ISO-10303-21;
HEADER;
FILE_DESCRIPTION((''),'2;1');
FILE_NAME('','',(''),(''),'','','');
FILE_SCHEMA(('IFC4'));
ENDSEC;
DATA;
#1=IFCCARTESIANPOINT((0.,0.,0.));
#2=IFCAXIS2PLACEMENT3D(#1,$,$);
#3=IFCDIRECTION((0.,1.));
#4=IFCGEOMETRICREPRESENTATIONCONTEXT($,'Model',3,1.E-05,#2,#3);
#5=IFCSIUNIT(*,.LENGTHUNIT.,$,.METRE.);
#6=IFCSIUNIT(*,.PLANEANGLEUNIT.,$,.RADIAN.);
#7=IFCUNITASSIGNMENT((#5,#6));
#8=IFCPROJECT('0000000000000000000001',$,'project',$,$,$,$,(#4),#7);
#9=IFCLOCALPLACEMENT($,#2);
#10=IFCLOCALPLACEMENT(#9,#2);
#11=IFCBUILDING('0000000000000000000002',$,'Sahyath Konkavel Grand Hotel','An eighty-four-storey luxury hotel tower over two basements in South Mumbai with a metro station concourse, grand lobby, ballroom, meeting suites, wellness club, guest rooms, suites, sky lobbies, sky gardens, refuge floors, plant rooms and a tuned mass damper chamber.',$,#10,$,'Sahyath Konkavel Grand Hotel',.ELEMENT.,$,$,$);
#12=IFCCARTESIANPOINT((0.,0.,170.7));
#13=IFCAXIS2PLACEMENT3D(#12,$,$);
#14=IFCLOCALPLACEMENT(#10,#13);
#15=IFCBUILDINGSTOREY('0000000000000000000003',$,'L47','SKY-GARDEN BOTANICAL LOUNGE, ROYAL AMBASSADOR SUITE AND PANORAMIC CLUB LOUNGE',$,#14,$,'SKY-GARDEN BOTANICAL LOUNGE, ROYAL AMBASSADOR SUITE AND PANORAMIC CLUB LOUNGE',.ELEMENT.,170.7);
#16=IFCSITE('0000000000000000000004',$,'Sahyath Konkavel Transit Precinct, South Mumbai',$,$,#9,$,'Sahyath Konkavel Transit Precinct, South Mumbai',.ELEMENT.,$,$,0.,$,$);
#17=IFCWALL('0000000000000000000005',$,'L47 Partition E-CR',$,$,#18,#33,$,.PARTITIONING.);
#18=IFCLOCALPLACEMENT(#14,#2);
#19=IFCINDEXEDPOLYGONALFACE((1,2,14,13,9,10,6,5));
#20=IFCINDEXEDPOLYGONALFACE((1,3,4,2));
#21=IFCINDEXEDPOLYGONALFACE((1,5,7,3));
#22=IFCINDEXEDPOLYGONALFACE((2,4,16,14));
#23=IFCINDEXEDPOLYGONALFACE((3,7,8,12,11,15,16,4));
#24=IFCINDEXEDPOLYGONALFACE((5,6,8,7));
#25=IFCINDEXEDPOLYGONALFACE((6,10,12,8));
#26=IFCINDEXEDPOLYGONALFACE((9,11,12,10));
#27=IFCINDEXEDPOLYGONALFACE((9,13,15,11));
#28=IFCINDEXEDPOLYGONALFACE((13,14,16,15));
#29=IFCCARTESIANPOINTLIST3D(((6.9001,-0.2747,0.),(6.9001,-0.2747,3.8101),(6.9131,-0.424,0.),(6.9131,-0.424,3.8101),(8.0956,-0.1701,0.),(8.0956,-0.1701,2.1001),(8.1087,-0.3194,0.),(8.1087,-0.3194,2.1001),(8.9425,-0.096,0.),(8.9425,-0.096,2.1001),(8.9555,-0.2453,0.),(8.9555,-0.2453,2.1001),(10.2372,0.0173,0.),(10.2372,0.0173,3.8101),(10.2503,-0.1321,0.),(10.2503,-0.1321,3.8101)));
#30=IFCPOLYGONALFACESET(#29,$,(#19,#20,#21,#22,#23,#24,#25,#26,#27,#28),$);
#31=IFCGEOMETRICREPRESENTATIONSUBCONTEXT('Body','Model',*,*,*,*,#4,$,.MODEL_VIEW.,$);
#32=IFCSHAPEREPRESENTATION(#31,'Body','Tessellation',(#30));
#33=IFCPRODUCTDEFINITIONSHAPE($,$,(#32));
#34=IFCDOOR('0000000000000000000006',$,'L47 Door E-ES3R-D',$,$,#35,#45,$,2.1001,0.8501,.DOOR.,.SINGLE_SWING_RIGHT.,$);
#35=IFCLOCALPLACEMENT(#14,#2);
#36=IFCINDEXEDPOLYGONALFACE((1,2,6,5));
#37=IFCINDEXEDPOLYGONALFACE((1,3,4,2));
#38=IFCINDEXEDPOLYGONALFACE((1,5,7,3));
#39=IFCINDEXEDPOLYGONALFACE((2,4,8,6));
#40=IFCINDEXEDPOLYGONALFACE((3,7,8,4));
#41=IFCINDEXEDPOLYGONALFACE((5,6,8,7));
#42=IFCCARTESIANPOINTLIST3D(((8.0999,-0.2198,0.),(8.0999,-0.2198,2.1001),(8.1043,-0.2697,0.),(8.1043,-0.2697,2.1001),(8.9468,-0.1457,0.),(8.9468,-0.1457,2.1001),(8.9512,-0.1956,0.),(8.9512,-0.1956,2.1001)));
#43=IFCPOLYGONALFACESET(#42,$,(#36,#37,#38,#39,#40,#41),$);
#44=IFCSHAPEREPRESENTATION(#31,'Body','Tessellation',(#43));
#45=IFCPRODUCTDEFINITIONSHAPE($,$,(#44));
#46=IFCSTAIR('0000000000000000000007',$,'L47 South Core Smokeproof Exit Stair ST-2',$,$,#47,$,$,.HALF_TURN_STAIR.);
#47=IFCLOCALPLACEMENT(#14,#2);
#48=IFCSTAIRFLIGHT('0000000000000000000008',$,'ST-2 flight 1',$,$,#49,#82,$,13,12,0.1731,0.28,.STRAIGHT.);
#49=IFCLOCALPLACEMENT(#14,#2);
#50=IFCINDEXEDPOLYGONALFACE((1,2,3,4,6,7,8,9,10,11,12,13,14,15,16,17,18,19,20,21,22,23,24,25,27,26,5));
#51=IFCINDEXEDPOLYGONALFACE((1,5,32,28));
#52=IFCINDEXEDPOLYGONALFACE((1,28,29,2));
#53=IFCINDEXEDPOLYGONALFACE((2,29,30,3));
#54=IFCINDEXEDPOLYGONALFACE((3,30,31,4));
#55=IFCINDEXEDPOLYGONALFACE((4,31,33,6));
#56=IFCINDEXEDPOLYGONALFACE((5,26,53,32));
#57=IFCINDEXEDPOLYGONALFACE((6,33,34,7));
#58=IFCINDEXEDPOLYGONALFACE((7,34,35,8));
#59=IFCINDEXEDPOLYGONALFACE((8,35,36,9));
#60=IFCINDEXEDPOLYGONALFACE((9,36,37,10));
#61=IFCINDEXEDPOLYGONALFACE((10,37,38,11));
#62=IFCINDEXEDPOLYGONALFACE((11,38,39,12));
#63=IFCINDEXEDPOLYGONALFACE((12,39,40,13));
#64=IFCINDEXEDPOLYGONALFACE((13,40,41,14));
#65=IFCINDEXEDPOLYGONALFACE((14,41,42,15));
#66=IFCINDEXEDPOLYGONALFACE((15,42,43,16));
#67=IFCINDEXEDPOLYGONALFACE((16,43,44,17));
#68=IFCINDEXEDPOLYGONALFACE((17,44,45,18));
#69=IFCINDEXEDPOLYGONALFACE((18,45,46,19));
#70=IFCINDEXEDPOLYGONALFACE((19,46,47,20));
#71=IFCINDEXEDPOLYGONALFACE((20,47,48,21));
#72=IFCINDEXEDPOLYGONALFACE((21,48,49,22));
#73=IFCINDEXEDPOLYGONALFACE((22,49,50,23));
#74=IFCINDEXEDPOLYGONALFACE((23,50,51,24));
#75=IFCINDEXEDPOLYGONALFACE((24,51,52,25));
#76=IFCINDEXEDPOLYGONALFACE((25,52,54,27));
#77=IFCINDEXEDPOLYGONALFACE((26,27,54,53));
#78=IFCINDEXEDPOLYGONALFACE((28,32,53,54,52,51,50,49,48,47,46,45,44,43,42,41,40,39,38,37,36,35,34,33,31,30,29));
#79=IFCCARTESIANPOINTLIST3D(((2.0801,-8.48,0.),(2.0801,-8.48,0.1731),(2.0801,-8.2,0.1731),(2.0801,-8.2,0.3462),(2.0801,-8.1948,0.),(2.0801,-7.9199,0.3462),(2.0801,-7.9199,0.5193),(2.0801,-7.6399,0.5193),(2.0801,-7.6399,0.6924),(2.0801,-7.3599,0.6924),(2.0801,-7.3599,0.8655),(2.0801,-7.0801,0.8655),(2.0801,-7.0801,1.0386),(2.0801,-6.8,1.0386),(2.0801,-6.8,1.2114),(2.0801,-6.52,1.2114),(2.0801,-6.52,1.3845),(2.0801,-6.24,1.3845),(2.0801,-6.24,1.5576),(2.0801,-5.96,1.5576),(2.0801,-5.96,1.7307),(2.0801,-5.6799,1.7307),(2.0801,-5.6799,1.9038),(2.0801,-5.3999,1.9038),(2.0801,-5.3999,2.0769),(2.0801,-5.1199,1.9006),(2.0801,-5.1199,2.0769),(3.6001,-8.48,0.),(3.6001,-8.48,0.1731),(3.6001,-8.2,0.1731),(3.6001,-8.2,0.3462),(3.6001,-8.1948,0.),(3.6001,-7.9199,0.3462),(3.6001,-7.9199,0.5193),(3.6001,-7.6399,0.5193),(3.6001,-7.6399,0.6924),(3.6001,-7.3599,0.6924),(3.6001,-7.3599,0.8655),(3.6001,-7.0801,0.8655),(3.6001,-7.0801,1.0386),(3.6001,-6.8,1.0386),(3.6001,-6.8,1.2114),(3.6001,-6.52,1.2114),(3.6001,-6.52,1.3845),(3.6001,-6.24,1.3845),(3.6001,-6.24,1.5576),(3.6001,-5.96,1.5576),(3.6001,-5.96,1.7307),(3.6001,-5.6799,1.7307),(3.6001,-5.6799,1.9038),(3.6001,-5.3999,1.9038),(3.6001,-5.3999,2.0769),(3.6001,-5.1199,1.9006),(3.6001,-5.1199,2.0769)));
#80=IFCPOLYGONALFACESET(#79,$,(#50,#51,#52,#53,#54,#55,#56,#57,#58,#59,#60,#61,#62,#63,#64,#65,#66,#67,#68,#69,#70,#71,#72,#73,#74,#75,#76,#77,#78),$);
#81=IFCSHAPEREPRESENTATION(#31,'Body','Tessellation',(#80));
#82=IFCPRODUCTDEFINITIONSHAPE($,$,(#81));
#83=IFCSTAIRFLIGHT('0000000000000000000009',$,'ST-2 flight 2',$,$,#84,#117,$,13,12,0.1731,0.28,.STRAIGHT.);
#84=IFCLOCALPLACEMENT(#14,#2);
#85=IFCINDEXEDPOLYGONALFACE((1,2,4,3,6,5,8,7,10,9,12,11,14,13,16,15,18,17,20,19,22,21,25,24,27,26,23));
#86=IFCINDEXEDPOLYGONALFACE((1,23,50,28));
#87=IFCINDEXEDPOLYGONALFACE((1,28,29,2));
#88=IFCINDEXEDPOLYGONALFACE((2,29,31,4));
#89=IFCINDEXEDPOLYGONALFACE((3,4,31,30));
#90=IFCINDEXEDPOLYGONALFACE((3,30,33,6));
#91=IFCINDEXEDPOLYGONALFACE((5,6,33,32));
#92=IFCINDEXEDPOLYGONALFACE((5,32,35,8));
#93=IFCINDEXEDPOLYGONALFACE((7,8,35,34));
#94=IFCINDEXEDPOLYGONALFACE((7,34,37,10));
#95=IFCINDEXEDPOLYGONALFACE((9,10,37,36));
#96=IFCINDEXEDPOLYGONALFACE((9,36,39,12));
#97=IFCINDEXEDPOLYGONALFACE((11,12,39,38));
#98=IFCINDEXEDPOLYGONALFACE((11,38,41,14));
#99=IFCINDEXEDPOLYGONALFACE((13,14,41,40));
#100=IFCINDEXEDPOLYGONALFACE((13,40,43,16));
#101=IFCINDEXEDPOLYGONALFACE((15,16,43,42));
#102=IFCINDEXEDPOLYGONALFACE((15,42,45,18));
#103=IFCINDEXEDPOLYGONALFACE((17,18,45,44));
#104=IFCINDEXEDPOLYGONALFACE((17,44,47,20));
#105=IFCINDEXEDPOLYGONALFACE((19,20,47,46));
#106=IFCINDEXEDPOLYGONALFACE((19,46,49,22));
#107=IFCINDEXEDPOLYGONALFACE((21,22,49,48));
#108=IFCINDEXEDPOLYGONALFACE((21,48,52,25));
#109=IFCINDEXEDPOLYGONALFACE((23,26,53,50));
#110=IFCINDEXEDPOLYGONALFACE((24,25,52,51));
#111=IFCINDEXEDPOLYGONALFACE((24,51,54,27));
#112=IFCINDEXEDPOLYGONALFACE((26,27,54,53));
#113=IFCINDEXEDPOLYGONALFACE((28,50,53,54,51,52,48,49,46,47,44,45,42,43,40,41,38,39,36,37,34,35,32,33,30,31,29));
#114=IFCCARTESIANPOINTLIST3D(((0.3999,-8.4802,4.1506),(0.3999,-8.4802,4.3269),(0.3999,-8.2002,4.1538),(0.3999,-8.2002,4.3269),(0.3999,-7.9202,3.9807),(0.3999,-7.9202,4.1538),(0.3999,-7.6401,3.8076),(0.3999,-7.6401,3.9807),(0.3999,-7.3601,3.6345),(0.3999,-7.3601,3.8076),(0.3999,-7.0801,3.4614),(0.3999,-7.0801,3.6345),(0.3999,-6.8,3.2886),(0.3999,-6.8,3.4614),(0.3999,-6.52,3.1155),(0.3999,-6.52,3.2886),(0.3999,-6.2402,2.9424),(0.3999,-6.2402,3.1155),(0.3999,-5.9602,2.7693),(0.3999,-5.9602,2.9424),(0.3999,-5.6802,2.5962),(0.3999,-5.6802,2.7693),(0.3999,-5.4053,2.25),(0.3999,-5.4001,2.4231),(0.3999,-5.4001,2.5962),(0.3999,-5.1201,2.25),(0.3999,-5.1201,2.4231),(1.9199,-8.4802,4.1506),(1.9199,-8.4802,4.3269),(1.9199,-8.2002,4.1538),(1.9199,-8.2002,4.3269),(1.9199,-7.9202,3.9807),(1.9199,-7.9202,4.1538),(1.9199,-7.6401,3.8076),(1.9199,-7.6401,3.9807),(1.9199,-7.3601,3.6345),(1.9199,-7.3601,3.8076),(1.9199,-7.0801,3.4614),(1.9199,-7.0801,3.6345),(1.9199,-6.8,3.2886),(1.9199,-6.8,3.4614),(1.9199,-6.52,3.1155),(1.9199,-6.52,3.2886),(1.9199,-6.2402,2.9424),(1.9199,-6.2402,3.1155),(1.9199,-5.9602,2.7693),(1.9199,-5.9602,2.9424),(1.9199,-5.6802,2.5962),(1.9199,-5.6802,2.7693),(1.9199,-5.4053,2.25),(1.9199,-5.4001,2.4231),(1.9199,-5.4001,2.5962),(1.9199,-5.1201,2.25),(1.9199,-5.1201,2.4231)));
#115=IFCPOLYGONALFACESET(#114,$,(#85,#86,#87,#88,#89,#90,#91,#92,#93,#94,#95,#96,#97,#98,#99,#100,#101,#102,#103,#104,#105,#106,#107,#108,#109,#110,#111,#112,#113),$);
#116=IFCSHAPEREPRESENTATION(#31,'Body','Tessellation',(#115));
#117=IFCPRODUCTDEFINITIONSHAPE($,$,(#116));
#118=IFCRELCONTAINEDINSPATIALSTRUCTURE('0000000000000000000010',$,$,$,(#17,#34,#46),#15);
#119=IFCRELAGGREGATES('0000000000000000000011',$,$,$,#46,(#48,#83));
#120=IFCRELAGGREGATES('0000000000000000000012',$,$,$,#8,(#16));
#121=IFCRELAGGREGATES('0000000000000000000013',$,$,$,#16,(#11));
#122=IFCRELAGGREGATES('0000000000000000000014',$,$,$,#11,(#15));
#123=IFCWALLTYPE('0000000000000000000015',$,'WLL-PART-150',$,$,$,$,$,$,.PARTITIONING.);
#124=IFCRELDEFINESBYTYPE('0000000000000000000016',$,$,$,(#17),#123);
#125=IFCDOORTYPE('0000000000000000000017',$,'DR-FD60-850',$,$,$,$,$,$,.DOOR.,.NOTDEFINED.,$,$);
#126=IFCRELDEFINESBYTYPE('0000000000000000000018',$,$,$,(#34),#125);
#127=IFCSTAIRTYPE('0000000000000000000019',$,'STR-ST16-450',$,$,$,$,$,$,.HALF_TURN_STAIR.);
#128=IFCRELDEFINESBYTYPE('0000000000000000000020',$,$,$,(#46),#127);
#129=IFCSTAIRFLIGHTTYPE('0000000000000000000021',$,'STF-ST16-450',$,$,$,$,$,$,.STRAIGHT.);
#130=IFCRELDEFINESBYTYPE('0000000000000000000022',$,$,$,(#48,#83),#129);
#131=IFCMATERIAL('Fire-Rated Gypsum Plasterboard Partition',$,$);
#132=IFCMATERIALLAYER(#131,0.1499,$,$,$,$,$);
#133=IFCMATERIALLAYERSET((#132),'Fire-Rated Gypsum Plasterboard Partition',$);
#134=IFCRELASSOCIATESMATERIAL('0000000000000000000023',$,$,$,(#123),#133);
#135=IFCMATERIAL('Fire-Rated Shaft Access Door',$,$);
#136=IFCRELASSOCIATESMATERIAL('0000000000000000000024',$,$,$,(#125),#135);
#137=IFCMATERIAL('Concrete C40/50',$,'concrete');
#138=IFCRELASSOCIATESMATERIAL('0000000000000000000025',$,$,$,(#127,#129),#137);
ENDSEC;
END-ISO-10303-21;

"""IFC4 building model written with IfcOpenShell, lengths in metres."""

from ifc_helpers import new_model, si_unit, direction, frame, frame_2d, origin, origin_2d, place, context, subcontext, project, spatial, polyline, rectangle, outline, extrude, source, transform, mapped, material, layer, layer_set, type_object, element, fill, aggregate, save


model = new_model("IFC4")

# Units and contexts
model_context = context("Model", 3, precision=1e-05, world=origin(), true_north=direction((0.0, 1.0)))
body_context = subcontext(model_context, "Body", "Model", "MODEL_VIEW")
ifc_project = project(units=[si_unit("LENGTHUNIT", "METRE"), si_unit("PLANEANGLEUNIT", "RADIAN")], contexts=[model_context])

# Site, building, storey
site_placement = place(None, origin())
site = spatial("IfcSite", under=ifc_project, at=site_placement, Name="Sahyath Konkavel Transit Precinct, South Mumbai", LongName="Sahyath Konkavel Transit Precinct, South Mumbai", CompositionType="ELEMENT", RefElevation=0.0)
building_placement = place(site_placement, origin())
building = spatial("IfcBuilding", under=site, at=building_placement, Name="Sahyath Konkavel Grand Hotel", Description="An eighty-four-storey luxury hotel tower over two basements in South Mumbai with a metro station concourse, grand lobby, ballroom, meeting suites, wellness club, guest rooms, suites, sky lobbies, sky gardens, refuge floors, plant rooms and a tuned mass damper chamber.", LongName="Sahyath Konkavel Grand Hotel", CompositionType="ELEMENT")
storey_placement = place(building_placement, frame((0.0, 0.0, 170.7)))
storey = spatial("IfcBuildingStorey", under=building, at=storey_placement, Name="L47", Description="SKY-GARDEN BOTANICAL LOUNGE, ROYAL AMBASSADOR SUITE AND PANORAMIC CLUB LOUNGE", LongName="SKY-GARDEN BOTANICAL LOUNGE, ROYAL AMBASSADOR SUITE AND PANORAMIC CLUB LOUNGE", CompositionType="ELEMENT", Elevation=170.7)

# Shared definitions
ifc_material_1 = material(Name="Concrete C40/50", Category="concrete")

# Wall, opening, door
ifc_material_2 = material(Name="Fire-Rated Gypsum Plasterboard Partition")
ifc_layer_1 = layer(ifc_material_2, 0.1499)
ifc_layer_set_1 = layer_set([ifc_layer_1], Name="Fire-Rated Gypsum Plasterboard Partition")
wall_type_1 = type_object("IfcWallType", Name="WLL-PART-150", PredefinedType="PARTITIONING", material=ifc_layer_set_1)
wall_1_placement = place(storey_placement, frame((6.9067, -0.3494, 0.0), z_axis=(0.0, 0.0, 1.0), x_axis=(0.996194, 0.087164, 0.0)))
wall_1 = element("IfcWall", 1, at=wall_1_placement, inside=storey, type_object=wall_type_1, Name="L47 Partition E-CR", PredefinedType="PARTITIONING", context=body_context, shape_type="SweptSolid", body=[
    extrude(rectangle(XDim=3.3499, YDim=0.1499, at=frame_2d((1.6748, 0.0))), origin(), (0.0, 0.0, 1.0), 3.8101),
])
opening_1_placement = place(wall_1_placement, frame((1.2, 0.0, 0.0)))
opening_1 = element("IfcOpeningElement", 2, at=opening_1_placement, cuts=wall_1, PredefinedType="OPENING", context=body_context, shape_type="SweptSolid", body=[
    extrude(rectangle(XDim=0.8501, YDim=2.1001, at=frame_2d((0.425, 1.05))), frame((0.0, 0.085, 0.0), z_axis=(0.0, -1.0, 0.0), x_axis=(1.0, 0.0, 0.0)), (0.0, 0.0, 1.0), 0.1699),
])
ifc_material_3 = material(Name="Fire-Rated Shaft Access Door")
door_type_1 = type_object("IfcDoorType", Name="DR-FD60-850", OperationType="NOTDEFINED", PredefinedType="DOOR", material=ifc_material_3)
shared_shape_1 = source(origin(), body_context, "Body", "SweptSolid", [
    extrude(rectangle(XDim=0.8501, YDim=0.05, at=origin_2d()), origin(), (0.0, 0.0, 1.0), 2.1001),
])
door_1_placement = place(opening_1_placement, frame((0.425, 0.0, 0.0)))
door_1 = element("IfcDoor", 3, at=door_1_placement, inside=storey, type_object=door_type_1, Name="L47 Door E-ES3R-D", OperationType="SINGLE_SWING_RIGHT", OverallHeight=2.1001, OverallWidth=0.8501, PredefinedType="DOOR", context=body_context, shape_type="MappedRepresentation", body=[
    mapped(shared_shape_1, transform((0.0, 0.0, 0.0), scale=1.0)),
])
fill(opening_1, door_1)

# Stair, stair flights
stair_type = type_object("IfcStairType", Name="STR-ST16-450", PredefinedType="HALF_TURN_STAIR", material=ifc_material_1)
stair_placement = place(storey_placement, origin())
stair = element("IfcStair", 4, at=stair_placement, inside=storey, type_object=stair_type, Name="L47 South Core Smokeproof Exit Stair ST-2", PredefinedType="HALF_TURN_STAIR")
stair_flight_type = type_object("IfcStairFlightType", Name="STF-ST16-450", PredefinedType="STRAIGHT", material=ifc_material_1)
stair_flight_1_placement = place(storey_placement, frame((2.8401, -8.48, 0.0), z_axis=(0.0, 0.0, 1.0), x_axis=(0.0, 1.0, 0.0)))
stair_flight_1 = element("IfcStairFlight", 5, at=stair_flight_1_placement, type_object=stair_flight_type, Name="ST-2 flight 1", NumberOfRisers=13, NumberOfTreads=12, PredefinedType="STRAIGHT", RiserHeight=0.1731, TreadLength=0.28, context=body_context, shape_type="SweptSolid", body=[
    extrude(outline(polyline([(0.0, 0.0), (0.0, 0.1731), (0.28, 0.1731), (0.28, 0.3462), (0.5601, 0.3462), (0.5601, 0.5193), (0.8401, 0.5193), (0.8401, 0.6924), (1.1201, 0.6924), (1.1201, 0.8655), (1.3999, 0.8655), (1.3999, 1.0386), (1.6799, 1.0386), (1.6799, 1.2114), (1.96, 1.2114), (1.96, 1.3845), (2.24, 1.3845), (2.24, 1.5576), (2.52, 1.5576), (2.52, 1.7307), (2.8, 1.7307), (2.8, 1.9038), (3.0801, 1.9038), (3.0801, 2.0769), (3.3601, 2.0769), (3.3601, 2.25), (3.3601, 1.9006), (0.2852, 0.0), (0.0, 0.0)])), frame((0.0, 0.76, 0.0), z_axis=(0.0, -1.0, 0.0), x_axis=(1.0, 0.0, 0.0)), (0.0, 0.0, 1.0), 1.52),
])
stair_flight_2_placement = place(storey_placement, frame((1.1599, -5.1201, 2.25), z_axis=(0.0, 0.0, 1.0), x_axis=(0.0, -1.0, 0.0)))
stair_flight_2 = element("IfcStairFlight", 6, at=stair_flight_2_placement, type_object=stair_flight_type, Name="ST-2 flight 2", NumberOfRisers=13, NumberOfTreads=12, PredefinedType="STRAIGHT", RiserHeight=0.1731, TreadLength=0.28, context=body_context, shape_type="SweptSolid", body=[
    extrude(outline(polyline([(0.0, 0.0), (0.0, 0.1731), (0.28, 0.1731), (0.28, 0.3462), (0.5601, 0.3462), (0.5601, 0.5193), (0.8401, 0.5193), (0.8401, 0.6924), (1.1201, 0.6924), (1.1201, 0.8655), (1.3999, 0.8655), (1.3999, 1.0386), (1.6799, 1.0386), (1.6799, 1.2114), (1.96, 1.2114), (1.96, 1.3845), (2.24, 1.3845), (2.24, 1.5576), (2.52, 1.5576), (2.52, 1.7307), (2.8, 1.7307), (2.8, 1.9038), (3.0801, 1.9038), (3.0801, 2.0769), (3.3601, 2.0769), (3.3601, 2.25), (3.3601, 1.9006), (0.2852, 0.0), (0.0, 0.0)])), frame((0.0, 0.76, 0.0), z_axis=(0.0, -1.0, 0.0), x_axis=(1.0, 0.0, 0.0)), (0.0, 0.0, 1.0), 1.52),
])
aggregate(stair, [stair_flight_1, stair_flight_2])

save(model, "model.ifc")
